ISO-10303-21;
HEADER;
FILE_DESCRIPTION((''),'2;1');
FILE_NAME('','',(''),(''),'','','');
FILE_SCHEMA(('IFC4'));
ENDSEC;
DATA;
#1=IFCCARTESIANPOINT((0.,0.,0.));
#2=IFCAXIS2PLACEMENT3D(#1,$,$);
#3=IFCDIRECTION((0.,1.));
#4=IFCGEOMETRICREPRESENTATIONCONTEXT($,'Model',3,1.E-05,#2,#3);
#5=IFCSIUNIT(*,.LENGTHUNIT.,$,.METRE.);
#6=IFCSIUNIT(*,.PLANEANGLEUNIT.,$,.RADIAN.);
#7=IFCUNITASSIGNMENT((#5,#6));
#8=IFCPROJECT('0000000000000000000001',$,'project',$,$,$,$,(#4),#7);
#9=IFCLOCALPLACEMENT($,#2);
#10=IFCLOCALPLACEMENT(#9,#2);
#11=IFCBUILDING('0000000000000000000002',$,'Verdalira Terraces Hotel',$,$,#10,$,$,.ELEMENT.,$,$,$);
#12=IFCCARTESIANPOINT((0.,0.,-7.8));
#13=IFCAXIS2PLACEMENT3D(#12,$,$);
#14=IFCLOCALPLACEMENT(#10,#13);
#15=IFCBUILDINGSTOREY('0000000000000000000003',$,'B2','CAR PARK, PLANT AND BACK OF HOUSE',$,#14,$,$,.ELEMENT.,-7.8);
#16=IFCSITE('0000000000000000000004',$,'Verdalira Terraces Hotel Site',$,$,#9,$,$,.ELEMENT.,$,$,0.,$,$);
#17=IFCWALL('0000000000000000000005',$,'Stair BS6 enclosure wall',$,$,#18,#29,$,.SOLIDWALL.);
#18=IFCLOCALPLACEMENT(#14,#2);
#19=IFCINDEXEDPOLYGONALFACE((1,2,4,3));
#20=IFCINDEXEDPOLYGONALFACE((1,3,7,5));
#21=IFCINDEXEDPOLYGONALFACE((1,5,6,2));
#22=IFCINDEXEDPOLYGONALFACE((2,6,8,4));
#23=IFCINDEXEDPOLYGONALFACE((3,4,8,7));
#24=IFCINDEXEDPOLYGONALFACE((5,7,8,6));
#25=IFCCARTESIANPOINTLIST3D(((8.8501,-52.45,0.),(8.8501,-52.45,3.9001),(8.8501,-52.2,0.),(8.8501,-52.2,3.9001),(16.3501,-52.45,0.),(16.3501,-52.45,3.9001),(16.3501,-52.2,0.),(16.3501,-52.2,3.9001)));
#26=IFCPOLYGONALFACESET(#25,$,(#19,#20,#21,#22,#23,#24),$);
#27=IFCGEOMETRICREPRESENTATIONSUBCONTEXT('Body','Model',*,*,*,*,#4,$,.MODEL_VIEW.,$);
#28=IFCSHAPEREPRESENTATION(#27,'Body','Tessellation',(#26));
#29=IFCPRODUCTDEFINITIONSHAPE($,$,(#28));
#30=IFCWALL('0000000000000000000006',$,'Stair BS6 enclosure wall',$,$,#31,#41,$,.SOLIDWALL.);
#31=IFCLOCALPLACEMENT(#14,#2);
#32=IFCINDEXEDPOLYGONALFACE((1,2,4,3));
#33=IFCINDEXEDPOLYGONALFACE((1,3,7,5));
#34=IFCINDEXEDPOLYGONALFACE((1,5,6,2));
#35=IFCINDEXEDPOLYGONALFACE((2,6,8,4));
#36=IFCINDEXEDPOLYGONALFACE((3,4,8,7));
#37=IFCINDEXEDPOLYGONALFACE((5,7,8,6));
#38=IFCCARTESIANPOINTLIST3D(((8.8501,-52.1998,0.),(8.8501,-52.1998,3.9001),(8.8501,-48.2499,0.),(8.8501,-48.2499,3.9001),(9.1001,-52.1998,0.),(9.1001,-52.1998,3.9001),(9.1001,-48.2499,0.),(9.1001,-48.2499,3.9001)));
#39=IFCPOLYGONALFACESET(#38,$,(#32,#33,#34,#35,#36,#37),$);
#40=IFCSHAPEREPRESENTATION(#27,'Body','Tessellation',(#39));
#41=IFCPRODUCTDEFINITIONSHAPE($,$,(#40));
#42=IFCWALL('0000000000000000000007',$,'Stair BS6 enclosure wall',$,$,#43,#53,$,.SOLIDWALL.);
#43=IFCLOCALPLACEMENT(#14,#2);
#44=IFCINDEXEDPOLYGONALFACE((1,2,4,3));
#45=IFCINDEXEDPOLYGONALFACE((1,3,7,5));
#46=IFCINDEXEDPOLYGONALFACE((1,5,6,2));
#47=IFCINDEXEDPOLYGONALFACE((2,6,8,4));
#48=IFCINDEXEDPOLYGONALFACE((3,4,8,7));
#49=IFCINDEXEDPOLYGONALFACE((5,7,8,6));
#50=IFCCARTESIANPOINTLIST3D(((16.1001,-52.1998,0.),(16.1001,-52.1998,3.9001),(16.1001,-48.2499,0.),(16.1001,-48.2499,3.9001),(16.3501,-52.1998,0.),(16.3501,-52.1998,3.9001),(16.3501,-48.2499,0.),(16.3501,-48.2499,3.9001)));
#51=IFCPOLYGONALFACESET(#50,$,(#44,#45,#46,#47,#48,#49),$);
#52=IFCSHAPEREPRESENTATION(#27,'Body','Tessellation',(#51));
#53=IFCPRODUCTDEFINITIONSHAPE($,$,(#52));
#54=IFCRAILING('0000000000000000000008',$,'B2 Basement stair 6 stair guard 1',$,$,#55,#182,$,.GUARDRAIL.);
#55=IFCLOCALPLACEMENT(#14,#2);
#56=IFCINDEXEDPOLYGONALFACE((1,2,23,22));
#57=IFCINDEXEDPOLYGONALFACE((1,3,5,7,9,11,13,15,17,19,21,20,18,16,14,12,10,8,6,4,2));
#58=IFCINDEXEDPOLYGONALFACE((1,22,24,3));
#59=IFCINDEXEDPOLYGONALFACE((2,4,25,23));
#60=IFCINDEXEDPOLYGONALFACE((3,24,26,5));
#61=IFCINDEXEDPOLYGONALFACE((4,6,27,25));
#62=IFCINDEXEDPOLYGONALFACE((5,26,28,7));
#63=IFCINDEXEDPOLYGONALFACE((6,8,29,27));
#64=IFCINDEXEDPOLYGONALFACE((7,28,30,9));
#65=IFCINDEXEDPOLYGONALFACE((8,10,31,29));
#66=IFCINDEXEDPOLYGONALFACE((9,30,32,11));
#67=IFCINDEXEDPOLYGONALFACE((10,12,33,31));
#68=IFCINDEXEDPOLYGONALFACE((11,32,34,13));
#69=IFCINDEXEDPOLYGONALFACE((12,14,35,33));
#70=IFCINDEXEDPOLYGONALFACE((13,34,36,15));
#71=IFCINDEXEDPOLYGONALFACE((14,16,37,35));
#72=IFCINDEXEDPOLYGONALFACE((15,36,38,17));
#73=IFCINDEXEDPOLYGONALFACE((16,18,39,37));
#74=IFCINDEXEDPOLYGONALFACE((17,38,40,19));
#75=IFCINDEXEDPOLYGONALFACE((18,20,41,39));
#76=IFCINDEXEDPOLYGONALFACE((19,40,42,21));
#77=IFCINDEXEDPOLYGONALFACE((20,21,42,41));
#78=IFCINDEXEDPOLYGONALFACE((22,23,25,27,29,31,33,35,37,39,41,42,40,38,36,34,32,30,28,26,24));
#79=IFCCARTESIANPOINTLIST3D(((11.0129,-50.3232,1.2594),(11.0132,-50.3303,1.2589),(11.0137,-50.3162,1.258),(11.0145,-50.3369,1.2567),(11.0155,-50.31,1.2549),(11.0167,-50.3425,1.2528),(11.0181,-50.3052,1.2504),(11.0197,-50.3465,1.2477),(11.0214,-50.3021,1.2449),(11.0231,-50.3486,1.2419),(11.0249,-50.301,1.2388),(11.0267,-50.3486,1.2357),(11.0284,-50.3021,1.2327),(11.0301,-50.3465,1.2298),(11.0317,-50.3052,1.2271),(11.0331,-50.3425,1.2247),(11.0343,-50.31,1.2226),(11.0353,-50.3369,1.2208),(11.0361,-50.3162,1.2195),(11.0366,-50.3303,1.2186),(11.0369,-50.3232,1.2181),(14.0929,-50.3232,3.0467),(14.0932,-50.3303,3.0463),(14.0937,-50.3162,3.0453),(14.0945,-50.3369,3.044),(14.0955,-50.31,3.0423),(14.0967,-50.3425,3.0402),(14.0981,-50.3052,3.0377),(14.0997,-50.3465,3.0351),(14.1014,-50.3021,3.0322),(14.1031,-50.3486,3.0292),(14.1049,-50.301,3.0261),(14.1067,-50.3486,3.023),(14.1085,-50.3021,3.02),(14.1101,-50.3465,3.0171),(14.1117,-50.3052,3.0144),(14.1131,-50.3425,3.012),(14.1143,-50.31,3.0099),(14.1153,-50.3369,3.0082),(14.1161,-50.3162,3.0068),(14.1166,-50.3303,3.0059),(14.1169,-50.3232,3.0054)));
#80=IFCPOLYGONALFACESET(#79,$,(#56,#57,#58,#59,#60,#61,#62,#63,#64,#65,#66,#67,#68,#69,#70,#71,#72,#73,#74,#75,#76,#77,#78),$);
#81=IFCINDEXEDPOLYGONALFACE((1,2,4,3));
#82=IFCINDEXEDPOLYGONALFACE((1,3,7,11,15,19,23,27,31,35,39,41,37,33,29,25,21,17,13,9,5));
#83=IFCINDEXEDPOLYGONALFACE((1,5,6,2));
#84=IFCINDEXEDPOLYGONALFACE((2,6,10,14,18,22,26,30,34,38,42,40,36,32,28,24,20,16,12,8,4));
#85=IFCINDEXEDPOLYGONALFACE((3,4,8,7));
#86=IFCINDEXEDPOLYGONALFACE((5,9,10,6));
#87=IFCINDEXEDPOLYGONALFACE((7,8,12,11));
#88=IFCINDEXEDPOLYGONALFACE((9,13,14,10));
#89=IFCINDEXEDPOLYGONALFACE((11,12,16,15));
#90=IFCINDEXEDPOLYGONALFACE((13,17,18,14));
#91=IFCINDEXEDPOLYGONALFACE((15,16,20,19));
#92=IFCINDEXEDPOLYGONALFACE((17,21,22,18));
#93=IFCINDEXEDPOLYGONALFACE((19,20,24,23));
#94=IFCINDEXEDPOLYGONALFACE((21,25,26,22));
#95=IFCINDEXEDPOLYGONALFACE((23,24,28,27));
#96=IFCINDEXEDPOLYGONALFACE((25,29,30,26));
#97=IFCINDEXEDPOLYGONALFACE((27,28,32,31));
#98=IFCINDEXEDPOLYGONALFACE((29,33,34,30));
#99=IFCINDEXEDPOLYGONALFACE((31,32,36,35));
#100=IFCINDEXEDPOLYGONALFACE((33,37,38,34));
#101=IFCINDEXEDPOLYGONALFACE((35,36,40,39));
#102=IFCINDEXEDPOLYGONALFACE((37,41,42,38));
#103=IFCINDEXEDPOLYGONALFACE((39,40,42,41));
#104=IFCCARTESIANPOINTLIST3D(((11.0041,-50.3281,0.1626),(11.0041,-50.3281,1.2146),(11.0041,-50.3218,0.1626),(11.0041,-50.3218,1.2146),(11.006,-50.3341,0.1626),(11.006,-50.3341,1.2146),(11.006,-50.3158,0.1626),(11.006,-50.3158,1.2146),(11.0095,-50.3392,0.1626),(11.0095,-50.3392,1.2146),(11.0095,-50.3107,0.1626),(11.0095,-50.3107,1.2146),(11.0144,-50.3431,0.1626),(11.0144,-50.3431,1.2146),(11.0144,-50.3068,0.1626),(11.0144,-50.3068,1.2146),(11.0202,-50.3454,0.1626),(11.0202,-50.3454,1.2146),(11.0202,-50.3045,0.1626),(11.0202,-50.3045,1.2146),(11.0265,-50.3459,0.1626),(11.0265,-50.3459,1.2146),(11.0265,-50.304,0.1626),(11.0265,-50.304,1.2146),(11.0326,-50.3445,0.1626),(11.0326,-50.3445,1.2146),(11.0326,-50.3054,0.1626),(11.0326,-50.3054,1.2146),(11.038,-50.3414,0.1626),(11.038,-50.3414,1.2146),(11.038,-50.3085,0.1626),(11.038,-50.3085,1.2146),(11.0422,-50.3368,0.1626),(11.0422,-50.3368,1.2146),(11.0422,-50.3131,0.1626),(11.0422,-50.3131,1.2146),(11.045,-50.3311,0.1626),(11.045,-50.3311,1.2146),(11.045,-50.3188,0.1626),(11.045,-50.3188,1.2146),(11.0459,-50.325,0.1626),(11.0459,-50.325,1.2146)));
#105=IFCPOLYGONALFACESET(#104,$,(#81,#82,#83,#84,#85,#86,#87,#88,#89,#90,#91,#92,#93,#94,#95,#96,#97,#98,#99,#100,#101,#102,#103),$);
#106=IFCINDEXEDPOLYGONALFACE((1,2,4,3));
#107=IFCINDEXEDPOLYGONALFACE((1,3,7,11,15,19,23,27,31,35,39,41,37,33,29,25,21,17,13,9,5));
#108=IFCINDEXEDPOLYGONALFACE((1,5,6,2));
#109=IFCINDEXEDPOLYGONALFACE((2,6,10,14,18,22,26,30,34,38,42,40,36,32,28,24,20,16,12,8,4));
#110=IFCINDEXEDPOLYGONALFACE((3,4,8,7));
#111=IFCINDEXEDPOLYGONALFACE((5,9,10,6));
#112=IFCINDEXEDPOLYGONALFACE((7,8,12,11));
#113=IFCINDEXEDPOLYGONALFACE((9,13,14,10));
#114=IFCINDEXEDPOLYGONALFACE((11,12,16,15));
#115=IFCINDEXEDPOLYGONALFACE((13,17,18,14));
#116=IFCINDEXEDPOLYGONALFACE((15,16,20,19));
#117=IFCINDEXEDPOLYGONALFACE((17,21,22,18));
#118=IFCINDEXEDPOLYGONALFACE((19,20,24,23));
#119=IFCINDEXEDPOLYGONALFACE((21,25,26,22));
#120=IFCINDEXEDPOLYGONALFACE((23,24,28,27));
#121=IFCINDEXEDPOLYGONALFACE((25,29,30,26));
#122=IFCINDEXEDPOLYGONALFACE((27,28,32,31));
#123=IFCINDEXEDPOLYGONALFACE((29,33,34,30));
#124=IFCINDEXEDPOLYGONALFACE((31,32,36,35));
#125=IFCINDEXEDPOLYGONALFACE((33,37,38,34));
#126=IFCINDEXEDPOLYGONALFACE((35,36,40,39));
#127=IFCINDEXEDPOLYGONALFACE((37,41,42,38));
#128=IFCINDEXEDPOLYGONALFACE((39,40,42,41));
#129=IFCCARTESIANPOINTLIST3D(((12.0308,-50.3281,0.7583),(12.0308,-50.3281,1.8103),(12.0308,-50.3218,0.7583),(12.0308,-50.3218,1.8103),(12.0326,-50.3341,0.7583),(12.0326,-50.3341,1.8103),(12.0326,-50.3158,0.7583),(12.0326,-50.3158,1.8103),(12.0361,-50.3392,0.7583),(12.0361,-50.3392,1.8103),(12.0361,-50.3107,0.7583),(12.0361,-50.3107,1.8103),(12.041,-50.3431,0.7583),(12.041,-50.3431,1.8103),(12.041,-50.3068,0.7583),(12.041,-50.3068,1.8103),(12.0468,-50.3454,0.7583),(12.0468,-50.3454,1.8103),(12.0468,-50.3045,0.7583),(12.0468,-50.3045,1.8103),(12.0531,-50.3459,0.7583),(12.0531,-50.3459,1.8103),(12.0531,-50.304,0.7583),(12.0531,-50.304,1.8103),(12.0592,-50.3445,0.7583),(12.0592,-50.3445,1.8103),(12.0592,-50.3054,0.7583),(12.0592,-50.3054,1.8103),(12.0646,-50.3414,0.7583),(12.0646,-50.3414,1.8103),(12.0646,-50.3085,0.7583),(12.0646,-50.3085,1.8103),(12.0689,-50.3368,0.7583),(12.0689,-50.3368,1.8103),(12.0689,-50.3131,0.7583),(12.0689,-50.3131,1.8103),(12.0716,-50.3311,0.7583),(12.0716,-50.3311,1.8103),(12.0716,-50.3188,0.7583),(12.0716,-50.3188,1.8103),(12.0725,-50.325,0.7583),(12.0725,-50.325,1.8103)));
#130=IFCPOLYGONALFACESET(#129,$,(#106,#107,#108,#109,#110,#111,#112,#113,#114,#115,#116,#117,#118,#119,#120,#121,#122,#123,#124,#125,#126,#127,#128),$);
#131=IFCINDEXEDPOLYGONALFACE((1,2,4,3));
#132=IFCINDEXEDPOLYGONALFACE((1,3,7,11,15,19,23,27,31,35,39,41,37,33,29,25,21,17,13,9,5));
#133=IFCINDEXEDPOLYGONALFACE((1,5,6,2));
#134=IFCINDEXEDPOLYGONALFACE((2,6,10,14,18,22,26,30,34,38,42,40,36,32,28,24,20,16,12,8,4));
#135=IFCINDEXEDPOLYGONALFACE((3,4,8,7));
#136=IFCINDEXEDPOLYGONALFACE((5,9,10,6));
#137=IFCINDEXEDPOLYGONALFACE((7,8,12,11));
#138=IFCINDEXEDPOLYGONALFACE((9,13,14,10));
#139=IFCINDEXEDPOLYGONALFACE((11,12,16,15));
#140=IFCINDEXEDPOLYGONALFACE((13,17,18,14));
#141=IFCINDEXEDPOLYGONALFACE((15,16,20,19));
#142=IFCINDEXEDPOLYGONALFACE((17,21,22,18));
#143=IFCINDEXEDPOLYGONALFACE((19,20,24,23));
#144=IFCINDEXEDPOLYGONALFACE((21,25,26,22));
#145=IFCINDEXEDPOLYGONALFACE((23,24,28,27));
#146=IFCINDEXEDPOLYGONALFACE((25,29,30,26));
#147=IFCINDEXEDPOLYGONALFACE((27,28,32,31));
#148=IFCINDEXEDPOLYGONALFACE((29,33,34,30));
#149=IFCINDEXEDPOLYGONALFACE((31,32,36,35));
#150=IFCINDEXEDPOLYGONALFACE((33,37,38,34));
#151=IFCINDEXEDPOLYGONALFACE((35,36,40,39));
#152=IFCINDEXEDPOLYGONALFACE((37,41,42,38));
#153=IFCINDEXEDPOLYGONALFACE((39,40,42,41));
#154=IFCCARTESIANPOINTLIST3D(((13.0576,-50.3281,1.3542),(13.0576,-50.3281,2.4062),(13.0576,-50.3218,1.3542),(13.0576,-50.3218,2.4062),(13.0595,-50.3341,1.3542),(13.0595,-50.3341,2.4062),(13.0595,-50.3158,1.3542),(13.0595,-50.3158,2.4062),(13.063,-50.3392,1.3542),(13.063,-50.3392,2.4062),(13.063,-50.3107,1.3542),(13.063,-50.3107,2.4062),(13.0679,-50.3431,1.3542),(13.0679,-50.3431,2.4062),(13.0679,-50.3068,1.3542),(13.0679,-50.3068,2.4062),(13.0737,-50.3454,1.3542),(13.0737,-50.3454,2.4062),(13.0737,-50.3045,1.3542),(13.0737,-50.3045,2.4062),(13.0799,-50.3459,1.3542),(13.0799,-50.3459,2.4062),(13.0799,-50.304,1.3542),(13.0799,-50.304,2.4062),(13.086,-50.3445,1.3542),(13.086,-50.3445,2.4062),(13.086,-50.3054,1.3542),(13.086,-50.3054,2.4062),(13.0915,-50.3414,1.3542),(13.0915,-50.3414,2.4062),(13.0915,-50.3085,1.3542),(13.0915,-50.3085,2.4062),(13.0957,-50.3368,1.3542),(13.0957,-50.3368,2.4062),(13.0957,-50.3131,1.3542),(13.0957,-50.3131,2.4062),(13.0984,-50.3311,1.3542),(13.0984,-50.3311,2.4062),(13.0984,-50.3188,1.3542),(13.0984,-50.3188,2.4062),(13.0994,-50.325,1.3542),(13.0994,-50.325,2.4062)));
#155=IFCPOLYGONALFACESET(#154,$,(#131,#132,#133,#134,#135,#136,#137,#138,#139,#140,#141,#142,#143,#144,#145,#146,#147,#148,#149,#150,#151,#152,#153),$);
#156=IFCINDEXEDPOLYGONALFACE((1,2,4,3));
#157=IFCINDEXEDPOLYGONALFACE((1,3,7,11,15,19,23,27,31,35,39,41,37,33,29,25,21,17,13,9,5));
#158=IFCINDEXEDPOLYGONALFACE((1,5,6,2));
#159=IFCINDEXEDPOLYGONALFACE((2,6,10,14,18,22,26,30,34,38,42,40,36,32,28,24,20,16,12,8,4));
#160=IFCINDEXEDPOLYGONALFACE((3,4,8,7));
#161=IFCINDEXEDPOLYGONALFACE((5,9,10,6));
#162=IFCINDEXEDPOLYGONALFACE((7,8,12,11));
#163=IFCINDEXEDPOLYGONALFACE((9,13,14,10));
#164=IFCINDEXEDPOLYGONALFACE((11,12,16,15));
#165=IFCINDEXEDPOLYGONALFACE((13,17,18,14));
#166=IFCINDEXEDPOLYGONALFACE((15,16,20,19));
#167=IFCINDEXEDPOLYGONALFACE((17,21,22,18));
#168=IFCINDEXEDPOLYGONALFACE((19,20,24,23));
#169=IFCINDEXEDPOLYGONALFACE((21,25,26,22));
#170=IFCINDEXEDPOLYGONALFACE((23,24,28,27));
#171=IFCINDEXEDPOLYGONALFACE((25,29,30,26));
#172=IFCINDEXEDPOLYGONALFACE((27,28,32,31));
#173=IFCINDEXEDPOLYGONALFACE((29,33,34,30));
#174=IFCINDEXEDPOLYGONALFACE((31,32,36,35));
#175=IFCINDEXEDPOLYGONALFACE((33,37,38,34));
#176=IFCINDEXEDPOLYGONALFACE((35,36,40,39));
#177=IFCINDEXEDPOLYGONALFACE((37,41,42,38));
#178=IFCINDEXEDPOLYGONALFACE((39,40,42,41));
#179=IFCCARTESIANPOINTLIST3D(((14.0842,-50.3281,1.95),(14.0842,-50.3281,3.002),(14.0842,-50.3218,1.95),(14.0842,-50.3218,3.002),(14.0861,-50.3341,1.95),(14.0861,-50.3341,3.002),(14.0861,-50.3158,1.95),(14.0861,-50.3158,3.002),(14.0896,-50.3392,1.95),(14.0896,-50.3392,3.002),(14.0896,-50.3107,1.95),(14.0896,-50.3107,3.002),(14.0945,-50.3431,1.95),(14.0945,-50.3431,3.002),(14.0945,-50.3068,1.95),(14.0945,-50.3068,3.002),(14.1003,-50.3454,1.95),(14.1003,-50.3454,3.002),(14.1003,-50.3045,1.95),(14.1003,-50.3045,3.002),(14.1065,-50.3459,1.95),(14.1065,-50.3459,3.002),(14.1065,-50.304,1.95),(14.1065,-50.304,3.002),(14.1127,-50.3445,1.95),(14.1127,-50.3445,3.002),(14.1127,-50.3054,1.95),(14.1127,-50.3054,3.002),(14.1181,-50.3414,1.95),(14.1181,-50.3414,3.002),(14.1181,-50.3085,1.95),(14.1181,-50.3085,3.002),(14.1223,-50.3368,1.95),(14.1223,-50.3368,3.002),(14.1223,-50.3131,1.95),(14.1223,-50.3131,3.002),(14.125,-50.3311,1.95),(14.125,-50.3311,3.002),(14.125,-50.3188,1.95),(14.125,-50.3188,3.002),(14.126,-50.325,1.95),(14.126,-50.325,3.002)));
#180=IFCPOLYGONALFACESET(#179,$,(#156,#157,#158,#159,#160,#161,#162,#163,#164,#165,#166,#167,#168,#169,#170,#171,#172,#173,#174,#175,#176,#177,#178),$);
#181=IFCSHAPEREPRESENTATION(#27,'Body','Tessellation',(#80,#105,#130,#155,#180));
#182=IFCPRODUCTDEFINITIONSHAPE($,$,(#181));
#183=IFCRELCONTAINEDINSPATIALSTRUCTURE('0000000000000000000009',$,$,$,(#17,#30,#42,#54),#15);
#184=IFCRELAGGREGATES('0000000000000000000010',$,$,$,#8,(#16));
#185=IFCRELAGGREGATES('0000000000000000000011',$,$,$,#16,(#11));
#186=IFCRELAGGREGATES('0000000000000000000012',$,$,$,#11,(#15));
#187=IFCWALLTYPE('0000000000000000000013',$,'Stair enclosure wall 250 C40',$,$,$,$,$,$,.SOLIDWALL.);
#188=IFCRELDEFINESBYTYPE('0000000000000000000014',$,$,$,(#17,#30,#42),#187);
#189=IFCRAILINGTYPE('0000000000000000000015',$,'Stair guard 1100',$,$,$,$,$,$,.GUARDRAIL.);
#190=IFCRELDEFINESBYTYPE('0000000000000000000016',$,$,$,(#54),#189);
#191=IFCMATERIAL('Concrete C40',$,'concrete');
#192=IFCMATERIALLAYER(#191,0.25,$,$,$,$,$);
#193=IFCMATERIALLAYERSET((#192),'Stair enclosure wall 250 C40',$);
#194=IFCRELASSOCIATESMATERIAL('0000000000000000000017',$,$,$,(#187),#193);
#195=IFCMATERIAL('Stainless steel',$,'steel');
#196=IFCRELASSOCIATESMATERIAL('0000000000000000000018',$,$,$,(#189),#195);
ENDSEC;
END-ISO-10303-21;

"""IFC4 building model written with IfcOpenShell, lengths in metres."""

from ifc_helpers import new_model, si_unit, direction, frame, frame_2d, origin, origin_2d, place, context, subcontext, project, spatial, rectangle, circle, extrude, material, layer, layer_set, type_object, element, save


model = new_model("IFC4")

# Units and contexts
model_context = context("Model", 3, precision=1e-05, world=origin(), true_north=direction((0.0, 1.0)))
body_context = subcontext(model_context, "Body", "Model", "MODEL_VIEW")
ifc_project = project(units=[si_unit("LENGTHUNIT", "METRE"), si_unit("PLANEANGLEUNIT", "RADIAN")], contexts=[model_context])

# Site, building, storey
site_placement = place(None, origin())
site = spatial("IfcSite", under=ifc_project, at=site_placement, Name="Verdalira Terraces Hotel Site", CompositionType="ELEMENT", RefElevation=0.0)
building_placement = place(site_placement, origin())
building = spatial("IfcBuilding", under=site, at=building_placement, Name="Verdalira Terraces Hotel", CompositionType="ELEMENT")
storey_placement = place(building_placement, frame((0.0, 0.0, -7.8)))
storey = spatial("IfcBuildingStorey", under=building, at=storey_placement, Name="B2", Description="CAR PARK, PLANT AND BACK OF HOUSE", CompositionType="ELEMENT", Elevation=-7.8)

# Shared definitions
ifc_material_1 = material(Name="Concrete C40", Category="concrete")
ifc_layer_1 = layer(ifc_material_1, 0.25)
ifc_layer_set_1 = layer_set([ifc_layer_1], Name="Stair enclosure wall 250 C40")
wall_type_1 = type_object("IfcWallType", Name="Stair enclosure wall 250 C40", PredefinedType="SOLIDWALL", material=ifc_layer_set_1)

# Walls
wall_1_placement = place(storey_placement, frame((8.8501, -52.325, 0.0), z_axis=(0.0, 0.0, 1.0), x_axis=(1.0, 0.0, 0.0)))
element("IfcWall", 1, at=wall_1_placement, inside=storey, type_object=wall_type_1, Name="Stair BS6 enclosure wall", PredefinedType="SOLIDWALL", context=body_context, shape_type="SweptSolid", body=[
    extrude(rectangle(XDim=7.5, YDim=0.25, at=frame_2d((3.75, 0.0))), origin(), (0.0, 0.0, 1.0), 3.9001),
])
for number, where, z_axis, x_axis, name in (
    (2, (8.9751, -52.2, 0.0), (0.0, 0.0, 1.0), (0.0, 1.0, 0.0), "Stair BS6 enclosure wall"),
    (3, (16.2251, -52.2, 0.0), (0.0, 0.0, 1.0), (0.0, 1.0, 0.0), "Stair BS6 enclosure wall"),
):
    element("IfcWall", number, at=place(storey_placement, frame(where, z_axis=z_axis, x_axis=x_axis)), inside=storey, type_object=wall_type_1, Name=name, PredefinedType="SOLIDWALL", context=body_context, shape_type="SweptSolid", body=[
        extrude(rectangle(XDim=3.95, YDim=0.25, at=frame_2d((1.9751, 0.0))), origin(), (0.0, 0.0, 1.0), 3.9001),
    ])

# Railing
ifc_material_2 = material(Name="Stainless steel", Category="steel")
railing_type_1 = type_object("IfcRailingType", Name="Stair guard 1100", PredefinedType="GUARDRAIL", material=ifc_material_2)
railing_1_placement = place(storey_placement, frame((11.0249, -50.325, 0.1626)))
element("IfcRailing", 4, at=railing_1_placement, inside=storey, type_object=railing_type_1, Name="B2 Basement stair 6 stair guard 1", PredefinedType="GUARDRAIL", context=body_context, shape_type="SweptSolid", body=[
    extrude(circle(Radius=0.0239, at=origin_2d()), frame((0.0, 0.0, 1.0762), z_axis=(0.86492, 0.0, 0.501909), x_axis=(0.0, 1.0, 0.0)), (0.0, 0.0, 1.0), 3.561),
    extrude(circle(Radius=0.021, at=origin_2d()), origin(), (0.0, 0.0, 1.0), 1.052),
    extrude(circle(Radius=0.021, at=origin_2d()), frame((1.0266, 0.0, 0.5957)), (0.0, 0.0, 1.0), 1.052),
    extrude(circle(Radius=0.021, at=origin_2d()), frame((2.0535, 0.0, 1.1917)), (0.0, 0.0, 1.0), 1.052),
    extrude(circle(Radius=0.021, at=origin_2d()), frame((3.0801, 0.0, 1.7874)), (0.0, 0.0, 1.0), 1.052),
])

save(model, "model.ifc")
